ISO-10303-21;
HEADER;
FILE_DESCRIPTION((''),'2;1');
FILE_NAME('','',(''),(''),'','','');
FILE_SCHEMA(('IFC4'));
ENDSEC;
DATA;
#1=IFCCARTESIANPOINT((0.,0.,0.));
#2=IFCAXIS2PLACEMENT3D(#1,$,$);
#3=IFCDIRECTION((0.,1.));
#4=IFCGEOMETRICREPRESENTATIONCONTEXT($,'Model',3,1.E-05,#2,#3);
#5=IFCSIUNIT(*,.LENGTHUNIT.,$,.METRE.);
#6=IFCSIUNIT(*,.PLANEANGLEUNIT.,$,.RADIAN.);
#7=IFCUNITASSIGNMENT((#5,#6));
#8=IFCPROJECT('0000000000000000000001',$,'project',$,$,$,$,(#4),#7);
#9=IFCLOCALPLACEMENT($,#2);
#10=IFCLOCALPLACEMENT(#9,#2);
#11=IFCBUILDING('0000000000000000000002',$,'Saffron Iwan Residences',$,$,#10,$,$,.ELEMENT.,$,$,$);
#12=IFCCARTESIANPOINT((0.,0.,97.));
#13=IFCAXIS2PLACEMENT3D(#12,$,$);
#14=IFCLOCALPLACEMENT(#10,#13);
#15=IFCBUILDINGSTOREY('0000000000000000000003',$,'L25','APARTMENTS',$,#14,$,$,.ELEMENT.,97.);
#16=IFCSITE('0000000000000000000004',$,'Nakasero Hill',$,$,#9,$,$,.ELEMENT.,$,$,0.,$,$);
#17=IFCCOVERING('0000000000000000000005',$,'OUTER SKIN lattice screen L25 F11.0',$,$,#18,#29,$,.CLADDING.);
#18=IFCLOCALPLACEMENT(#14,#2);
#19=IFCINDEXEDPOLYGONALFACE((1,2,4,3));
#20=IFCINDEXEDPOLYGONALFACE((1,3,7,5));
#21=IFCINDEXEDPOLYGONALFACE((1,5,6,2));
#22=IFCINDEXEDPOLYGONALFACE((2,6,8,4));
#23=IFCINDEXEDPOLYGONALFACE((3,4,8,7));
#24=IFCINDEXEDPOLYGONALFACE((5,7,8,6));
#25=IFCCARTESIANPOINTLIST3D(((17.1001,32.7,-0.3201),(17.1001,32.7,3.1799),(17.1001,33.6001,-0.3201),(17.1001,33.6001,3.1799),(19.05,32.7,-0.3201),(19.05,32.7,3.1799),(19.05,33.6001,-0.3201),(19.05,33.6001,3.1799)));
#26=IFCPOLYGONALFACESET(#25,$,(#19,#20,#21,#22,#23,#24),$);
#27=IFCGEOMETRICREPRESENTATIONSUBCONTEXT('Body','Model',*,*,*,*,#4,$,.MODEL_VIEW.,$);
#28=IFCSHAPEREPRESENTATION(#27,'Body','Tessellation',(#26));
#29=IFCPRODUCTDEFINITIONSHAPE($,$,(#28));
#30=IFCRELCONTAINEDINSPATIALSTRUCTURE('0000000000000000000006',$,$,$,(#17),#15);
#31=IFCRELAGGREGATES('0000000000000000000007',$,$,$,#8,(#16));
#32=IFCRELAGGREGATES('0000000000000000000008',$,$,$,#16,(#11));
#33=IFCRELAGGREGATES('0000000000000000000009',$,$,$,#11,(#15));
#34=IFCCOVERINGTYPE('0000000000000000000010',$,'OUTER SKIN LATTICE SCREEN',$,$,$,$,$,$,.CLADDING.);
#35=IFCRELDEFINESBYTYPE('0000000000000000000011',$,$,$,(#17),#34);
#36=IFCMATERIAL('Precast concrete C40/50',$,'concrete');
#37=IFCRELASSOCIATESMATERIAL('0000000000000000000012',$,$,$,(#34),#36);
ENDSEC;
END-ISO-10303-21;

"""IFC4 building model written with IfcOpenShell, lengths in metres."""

from ifc_helpers import new_model, si_unit, direction, frame, origin, place, context, subcontext, project, spatial, polyline, outline, extrude, material, type_object, element, save


model = new_model("IFC4")

# Units and contexts
model_context = context("Model", 3, precision=1e-05, world=origin(), true_north=direction((0.0, 1.0)))
body_context = subcontext(model_context, "Body", "Model", "MODEL_VIEW")
ifc_project = project(units=[si_unit("LENGTHUNIT", "METRE"), si_unit("PLANEANGLEUNIT", "RADIAN")], contexts=[model_context])

# Site, building, storey
site_placement = place(None, origin())
site = spatial("IfcSite", under=ifc_project, at=site_placement, Name="Nakasero Hill", CompositionType="ELEMENT", RefElevation=0.0)
building_placement = place(site_placement, origin())
building = spatial("IfcBuilding", under=site, at=building_placement, Name="Saffron Iwan Residences", CompositionType="ELEMENT")
storey_placement = place(building_placement, frame((0.0, 0.0, 97.0)))
storey = spatial("IfcBuildingStorey", under=building, at=storey_placement, Name="L25", Description="APARTMENTS", CompositionType="ELEMENT", Elevation=97.0)

# Covering
ifc_material_1 = material(Name="Precast concrete C40/50", Category="concrete")
covering_type = type_object("IfcCoveringType", Name="OUTER SKIN LATTICE SCREEN", PredefinedType="CLADDING", material=ifc_material_1)
covering_1_placement = place(storey_placement, frame((17.1001, 33.6001, -0.3201), z_axis=(0.0, -1.0, 0.0), x_axis=(1.0, 0.0, 0.0)))
element("IfcCovering", 1, at=covering_1_placement, inside=storey, type_object=covering_type, Name="OUTER SKIN lattice screen L25 F11.0", PredefinedType="CLADDING", context=body_context, shape_type="SweptSolid", body=[
    extrude(outline(polyline([(0.0, 0.0), (1.95, 0.0), (1.95, 3.5), (0.0, 3.5), (0.0, 0.0)])), origin(), (0.0, 0.0, 1.0), 0.9001),
])

save(model, "model.ifc")
